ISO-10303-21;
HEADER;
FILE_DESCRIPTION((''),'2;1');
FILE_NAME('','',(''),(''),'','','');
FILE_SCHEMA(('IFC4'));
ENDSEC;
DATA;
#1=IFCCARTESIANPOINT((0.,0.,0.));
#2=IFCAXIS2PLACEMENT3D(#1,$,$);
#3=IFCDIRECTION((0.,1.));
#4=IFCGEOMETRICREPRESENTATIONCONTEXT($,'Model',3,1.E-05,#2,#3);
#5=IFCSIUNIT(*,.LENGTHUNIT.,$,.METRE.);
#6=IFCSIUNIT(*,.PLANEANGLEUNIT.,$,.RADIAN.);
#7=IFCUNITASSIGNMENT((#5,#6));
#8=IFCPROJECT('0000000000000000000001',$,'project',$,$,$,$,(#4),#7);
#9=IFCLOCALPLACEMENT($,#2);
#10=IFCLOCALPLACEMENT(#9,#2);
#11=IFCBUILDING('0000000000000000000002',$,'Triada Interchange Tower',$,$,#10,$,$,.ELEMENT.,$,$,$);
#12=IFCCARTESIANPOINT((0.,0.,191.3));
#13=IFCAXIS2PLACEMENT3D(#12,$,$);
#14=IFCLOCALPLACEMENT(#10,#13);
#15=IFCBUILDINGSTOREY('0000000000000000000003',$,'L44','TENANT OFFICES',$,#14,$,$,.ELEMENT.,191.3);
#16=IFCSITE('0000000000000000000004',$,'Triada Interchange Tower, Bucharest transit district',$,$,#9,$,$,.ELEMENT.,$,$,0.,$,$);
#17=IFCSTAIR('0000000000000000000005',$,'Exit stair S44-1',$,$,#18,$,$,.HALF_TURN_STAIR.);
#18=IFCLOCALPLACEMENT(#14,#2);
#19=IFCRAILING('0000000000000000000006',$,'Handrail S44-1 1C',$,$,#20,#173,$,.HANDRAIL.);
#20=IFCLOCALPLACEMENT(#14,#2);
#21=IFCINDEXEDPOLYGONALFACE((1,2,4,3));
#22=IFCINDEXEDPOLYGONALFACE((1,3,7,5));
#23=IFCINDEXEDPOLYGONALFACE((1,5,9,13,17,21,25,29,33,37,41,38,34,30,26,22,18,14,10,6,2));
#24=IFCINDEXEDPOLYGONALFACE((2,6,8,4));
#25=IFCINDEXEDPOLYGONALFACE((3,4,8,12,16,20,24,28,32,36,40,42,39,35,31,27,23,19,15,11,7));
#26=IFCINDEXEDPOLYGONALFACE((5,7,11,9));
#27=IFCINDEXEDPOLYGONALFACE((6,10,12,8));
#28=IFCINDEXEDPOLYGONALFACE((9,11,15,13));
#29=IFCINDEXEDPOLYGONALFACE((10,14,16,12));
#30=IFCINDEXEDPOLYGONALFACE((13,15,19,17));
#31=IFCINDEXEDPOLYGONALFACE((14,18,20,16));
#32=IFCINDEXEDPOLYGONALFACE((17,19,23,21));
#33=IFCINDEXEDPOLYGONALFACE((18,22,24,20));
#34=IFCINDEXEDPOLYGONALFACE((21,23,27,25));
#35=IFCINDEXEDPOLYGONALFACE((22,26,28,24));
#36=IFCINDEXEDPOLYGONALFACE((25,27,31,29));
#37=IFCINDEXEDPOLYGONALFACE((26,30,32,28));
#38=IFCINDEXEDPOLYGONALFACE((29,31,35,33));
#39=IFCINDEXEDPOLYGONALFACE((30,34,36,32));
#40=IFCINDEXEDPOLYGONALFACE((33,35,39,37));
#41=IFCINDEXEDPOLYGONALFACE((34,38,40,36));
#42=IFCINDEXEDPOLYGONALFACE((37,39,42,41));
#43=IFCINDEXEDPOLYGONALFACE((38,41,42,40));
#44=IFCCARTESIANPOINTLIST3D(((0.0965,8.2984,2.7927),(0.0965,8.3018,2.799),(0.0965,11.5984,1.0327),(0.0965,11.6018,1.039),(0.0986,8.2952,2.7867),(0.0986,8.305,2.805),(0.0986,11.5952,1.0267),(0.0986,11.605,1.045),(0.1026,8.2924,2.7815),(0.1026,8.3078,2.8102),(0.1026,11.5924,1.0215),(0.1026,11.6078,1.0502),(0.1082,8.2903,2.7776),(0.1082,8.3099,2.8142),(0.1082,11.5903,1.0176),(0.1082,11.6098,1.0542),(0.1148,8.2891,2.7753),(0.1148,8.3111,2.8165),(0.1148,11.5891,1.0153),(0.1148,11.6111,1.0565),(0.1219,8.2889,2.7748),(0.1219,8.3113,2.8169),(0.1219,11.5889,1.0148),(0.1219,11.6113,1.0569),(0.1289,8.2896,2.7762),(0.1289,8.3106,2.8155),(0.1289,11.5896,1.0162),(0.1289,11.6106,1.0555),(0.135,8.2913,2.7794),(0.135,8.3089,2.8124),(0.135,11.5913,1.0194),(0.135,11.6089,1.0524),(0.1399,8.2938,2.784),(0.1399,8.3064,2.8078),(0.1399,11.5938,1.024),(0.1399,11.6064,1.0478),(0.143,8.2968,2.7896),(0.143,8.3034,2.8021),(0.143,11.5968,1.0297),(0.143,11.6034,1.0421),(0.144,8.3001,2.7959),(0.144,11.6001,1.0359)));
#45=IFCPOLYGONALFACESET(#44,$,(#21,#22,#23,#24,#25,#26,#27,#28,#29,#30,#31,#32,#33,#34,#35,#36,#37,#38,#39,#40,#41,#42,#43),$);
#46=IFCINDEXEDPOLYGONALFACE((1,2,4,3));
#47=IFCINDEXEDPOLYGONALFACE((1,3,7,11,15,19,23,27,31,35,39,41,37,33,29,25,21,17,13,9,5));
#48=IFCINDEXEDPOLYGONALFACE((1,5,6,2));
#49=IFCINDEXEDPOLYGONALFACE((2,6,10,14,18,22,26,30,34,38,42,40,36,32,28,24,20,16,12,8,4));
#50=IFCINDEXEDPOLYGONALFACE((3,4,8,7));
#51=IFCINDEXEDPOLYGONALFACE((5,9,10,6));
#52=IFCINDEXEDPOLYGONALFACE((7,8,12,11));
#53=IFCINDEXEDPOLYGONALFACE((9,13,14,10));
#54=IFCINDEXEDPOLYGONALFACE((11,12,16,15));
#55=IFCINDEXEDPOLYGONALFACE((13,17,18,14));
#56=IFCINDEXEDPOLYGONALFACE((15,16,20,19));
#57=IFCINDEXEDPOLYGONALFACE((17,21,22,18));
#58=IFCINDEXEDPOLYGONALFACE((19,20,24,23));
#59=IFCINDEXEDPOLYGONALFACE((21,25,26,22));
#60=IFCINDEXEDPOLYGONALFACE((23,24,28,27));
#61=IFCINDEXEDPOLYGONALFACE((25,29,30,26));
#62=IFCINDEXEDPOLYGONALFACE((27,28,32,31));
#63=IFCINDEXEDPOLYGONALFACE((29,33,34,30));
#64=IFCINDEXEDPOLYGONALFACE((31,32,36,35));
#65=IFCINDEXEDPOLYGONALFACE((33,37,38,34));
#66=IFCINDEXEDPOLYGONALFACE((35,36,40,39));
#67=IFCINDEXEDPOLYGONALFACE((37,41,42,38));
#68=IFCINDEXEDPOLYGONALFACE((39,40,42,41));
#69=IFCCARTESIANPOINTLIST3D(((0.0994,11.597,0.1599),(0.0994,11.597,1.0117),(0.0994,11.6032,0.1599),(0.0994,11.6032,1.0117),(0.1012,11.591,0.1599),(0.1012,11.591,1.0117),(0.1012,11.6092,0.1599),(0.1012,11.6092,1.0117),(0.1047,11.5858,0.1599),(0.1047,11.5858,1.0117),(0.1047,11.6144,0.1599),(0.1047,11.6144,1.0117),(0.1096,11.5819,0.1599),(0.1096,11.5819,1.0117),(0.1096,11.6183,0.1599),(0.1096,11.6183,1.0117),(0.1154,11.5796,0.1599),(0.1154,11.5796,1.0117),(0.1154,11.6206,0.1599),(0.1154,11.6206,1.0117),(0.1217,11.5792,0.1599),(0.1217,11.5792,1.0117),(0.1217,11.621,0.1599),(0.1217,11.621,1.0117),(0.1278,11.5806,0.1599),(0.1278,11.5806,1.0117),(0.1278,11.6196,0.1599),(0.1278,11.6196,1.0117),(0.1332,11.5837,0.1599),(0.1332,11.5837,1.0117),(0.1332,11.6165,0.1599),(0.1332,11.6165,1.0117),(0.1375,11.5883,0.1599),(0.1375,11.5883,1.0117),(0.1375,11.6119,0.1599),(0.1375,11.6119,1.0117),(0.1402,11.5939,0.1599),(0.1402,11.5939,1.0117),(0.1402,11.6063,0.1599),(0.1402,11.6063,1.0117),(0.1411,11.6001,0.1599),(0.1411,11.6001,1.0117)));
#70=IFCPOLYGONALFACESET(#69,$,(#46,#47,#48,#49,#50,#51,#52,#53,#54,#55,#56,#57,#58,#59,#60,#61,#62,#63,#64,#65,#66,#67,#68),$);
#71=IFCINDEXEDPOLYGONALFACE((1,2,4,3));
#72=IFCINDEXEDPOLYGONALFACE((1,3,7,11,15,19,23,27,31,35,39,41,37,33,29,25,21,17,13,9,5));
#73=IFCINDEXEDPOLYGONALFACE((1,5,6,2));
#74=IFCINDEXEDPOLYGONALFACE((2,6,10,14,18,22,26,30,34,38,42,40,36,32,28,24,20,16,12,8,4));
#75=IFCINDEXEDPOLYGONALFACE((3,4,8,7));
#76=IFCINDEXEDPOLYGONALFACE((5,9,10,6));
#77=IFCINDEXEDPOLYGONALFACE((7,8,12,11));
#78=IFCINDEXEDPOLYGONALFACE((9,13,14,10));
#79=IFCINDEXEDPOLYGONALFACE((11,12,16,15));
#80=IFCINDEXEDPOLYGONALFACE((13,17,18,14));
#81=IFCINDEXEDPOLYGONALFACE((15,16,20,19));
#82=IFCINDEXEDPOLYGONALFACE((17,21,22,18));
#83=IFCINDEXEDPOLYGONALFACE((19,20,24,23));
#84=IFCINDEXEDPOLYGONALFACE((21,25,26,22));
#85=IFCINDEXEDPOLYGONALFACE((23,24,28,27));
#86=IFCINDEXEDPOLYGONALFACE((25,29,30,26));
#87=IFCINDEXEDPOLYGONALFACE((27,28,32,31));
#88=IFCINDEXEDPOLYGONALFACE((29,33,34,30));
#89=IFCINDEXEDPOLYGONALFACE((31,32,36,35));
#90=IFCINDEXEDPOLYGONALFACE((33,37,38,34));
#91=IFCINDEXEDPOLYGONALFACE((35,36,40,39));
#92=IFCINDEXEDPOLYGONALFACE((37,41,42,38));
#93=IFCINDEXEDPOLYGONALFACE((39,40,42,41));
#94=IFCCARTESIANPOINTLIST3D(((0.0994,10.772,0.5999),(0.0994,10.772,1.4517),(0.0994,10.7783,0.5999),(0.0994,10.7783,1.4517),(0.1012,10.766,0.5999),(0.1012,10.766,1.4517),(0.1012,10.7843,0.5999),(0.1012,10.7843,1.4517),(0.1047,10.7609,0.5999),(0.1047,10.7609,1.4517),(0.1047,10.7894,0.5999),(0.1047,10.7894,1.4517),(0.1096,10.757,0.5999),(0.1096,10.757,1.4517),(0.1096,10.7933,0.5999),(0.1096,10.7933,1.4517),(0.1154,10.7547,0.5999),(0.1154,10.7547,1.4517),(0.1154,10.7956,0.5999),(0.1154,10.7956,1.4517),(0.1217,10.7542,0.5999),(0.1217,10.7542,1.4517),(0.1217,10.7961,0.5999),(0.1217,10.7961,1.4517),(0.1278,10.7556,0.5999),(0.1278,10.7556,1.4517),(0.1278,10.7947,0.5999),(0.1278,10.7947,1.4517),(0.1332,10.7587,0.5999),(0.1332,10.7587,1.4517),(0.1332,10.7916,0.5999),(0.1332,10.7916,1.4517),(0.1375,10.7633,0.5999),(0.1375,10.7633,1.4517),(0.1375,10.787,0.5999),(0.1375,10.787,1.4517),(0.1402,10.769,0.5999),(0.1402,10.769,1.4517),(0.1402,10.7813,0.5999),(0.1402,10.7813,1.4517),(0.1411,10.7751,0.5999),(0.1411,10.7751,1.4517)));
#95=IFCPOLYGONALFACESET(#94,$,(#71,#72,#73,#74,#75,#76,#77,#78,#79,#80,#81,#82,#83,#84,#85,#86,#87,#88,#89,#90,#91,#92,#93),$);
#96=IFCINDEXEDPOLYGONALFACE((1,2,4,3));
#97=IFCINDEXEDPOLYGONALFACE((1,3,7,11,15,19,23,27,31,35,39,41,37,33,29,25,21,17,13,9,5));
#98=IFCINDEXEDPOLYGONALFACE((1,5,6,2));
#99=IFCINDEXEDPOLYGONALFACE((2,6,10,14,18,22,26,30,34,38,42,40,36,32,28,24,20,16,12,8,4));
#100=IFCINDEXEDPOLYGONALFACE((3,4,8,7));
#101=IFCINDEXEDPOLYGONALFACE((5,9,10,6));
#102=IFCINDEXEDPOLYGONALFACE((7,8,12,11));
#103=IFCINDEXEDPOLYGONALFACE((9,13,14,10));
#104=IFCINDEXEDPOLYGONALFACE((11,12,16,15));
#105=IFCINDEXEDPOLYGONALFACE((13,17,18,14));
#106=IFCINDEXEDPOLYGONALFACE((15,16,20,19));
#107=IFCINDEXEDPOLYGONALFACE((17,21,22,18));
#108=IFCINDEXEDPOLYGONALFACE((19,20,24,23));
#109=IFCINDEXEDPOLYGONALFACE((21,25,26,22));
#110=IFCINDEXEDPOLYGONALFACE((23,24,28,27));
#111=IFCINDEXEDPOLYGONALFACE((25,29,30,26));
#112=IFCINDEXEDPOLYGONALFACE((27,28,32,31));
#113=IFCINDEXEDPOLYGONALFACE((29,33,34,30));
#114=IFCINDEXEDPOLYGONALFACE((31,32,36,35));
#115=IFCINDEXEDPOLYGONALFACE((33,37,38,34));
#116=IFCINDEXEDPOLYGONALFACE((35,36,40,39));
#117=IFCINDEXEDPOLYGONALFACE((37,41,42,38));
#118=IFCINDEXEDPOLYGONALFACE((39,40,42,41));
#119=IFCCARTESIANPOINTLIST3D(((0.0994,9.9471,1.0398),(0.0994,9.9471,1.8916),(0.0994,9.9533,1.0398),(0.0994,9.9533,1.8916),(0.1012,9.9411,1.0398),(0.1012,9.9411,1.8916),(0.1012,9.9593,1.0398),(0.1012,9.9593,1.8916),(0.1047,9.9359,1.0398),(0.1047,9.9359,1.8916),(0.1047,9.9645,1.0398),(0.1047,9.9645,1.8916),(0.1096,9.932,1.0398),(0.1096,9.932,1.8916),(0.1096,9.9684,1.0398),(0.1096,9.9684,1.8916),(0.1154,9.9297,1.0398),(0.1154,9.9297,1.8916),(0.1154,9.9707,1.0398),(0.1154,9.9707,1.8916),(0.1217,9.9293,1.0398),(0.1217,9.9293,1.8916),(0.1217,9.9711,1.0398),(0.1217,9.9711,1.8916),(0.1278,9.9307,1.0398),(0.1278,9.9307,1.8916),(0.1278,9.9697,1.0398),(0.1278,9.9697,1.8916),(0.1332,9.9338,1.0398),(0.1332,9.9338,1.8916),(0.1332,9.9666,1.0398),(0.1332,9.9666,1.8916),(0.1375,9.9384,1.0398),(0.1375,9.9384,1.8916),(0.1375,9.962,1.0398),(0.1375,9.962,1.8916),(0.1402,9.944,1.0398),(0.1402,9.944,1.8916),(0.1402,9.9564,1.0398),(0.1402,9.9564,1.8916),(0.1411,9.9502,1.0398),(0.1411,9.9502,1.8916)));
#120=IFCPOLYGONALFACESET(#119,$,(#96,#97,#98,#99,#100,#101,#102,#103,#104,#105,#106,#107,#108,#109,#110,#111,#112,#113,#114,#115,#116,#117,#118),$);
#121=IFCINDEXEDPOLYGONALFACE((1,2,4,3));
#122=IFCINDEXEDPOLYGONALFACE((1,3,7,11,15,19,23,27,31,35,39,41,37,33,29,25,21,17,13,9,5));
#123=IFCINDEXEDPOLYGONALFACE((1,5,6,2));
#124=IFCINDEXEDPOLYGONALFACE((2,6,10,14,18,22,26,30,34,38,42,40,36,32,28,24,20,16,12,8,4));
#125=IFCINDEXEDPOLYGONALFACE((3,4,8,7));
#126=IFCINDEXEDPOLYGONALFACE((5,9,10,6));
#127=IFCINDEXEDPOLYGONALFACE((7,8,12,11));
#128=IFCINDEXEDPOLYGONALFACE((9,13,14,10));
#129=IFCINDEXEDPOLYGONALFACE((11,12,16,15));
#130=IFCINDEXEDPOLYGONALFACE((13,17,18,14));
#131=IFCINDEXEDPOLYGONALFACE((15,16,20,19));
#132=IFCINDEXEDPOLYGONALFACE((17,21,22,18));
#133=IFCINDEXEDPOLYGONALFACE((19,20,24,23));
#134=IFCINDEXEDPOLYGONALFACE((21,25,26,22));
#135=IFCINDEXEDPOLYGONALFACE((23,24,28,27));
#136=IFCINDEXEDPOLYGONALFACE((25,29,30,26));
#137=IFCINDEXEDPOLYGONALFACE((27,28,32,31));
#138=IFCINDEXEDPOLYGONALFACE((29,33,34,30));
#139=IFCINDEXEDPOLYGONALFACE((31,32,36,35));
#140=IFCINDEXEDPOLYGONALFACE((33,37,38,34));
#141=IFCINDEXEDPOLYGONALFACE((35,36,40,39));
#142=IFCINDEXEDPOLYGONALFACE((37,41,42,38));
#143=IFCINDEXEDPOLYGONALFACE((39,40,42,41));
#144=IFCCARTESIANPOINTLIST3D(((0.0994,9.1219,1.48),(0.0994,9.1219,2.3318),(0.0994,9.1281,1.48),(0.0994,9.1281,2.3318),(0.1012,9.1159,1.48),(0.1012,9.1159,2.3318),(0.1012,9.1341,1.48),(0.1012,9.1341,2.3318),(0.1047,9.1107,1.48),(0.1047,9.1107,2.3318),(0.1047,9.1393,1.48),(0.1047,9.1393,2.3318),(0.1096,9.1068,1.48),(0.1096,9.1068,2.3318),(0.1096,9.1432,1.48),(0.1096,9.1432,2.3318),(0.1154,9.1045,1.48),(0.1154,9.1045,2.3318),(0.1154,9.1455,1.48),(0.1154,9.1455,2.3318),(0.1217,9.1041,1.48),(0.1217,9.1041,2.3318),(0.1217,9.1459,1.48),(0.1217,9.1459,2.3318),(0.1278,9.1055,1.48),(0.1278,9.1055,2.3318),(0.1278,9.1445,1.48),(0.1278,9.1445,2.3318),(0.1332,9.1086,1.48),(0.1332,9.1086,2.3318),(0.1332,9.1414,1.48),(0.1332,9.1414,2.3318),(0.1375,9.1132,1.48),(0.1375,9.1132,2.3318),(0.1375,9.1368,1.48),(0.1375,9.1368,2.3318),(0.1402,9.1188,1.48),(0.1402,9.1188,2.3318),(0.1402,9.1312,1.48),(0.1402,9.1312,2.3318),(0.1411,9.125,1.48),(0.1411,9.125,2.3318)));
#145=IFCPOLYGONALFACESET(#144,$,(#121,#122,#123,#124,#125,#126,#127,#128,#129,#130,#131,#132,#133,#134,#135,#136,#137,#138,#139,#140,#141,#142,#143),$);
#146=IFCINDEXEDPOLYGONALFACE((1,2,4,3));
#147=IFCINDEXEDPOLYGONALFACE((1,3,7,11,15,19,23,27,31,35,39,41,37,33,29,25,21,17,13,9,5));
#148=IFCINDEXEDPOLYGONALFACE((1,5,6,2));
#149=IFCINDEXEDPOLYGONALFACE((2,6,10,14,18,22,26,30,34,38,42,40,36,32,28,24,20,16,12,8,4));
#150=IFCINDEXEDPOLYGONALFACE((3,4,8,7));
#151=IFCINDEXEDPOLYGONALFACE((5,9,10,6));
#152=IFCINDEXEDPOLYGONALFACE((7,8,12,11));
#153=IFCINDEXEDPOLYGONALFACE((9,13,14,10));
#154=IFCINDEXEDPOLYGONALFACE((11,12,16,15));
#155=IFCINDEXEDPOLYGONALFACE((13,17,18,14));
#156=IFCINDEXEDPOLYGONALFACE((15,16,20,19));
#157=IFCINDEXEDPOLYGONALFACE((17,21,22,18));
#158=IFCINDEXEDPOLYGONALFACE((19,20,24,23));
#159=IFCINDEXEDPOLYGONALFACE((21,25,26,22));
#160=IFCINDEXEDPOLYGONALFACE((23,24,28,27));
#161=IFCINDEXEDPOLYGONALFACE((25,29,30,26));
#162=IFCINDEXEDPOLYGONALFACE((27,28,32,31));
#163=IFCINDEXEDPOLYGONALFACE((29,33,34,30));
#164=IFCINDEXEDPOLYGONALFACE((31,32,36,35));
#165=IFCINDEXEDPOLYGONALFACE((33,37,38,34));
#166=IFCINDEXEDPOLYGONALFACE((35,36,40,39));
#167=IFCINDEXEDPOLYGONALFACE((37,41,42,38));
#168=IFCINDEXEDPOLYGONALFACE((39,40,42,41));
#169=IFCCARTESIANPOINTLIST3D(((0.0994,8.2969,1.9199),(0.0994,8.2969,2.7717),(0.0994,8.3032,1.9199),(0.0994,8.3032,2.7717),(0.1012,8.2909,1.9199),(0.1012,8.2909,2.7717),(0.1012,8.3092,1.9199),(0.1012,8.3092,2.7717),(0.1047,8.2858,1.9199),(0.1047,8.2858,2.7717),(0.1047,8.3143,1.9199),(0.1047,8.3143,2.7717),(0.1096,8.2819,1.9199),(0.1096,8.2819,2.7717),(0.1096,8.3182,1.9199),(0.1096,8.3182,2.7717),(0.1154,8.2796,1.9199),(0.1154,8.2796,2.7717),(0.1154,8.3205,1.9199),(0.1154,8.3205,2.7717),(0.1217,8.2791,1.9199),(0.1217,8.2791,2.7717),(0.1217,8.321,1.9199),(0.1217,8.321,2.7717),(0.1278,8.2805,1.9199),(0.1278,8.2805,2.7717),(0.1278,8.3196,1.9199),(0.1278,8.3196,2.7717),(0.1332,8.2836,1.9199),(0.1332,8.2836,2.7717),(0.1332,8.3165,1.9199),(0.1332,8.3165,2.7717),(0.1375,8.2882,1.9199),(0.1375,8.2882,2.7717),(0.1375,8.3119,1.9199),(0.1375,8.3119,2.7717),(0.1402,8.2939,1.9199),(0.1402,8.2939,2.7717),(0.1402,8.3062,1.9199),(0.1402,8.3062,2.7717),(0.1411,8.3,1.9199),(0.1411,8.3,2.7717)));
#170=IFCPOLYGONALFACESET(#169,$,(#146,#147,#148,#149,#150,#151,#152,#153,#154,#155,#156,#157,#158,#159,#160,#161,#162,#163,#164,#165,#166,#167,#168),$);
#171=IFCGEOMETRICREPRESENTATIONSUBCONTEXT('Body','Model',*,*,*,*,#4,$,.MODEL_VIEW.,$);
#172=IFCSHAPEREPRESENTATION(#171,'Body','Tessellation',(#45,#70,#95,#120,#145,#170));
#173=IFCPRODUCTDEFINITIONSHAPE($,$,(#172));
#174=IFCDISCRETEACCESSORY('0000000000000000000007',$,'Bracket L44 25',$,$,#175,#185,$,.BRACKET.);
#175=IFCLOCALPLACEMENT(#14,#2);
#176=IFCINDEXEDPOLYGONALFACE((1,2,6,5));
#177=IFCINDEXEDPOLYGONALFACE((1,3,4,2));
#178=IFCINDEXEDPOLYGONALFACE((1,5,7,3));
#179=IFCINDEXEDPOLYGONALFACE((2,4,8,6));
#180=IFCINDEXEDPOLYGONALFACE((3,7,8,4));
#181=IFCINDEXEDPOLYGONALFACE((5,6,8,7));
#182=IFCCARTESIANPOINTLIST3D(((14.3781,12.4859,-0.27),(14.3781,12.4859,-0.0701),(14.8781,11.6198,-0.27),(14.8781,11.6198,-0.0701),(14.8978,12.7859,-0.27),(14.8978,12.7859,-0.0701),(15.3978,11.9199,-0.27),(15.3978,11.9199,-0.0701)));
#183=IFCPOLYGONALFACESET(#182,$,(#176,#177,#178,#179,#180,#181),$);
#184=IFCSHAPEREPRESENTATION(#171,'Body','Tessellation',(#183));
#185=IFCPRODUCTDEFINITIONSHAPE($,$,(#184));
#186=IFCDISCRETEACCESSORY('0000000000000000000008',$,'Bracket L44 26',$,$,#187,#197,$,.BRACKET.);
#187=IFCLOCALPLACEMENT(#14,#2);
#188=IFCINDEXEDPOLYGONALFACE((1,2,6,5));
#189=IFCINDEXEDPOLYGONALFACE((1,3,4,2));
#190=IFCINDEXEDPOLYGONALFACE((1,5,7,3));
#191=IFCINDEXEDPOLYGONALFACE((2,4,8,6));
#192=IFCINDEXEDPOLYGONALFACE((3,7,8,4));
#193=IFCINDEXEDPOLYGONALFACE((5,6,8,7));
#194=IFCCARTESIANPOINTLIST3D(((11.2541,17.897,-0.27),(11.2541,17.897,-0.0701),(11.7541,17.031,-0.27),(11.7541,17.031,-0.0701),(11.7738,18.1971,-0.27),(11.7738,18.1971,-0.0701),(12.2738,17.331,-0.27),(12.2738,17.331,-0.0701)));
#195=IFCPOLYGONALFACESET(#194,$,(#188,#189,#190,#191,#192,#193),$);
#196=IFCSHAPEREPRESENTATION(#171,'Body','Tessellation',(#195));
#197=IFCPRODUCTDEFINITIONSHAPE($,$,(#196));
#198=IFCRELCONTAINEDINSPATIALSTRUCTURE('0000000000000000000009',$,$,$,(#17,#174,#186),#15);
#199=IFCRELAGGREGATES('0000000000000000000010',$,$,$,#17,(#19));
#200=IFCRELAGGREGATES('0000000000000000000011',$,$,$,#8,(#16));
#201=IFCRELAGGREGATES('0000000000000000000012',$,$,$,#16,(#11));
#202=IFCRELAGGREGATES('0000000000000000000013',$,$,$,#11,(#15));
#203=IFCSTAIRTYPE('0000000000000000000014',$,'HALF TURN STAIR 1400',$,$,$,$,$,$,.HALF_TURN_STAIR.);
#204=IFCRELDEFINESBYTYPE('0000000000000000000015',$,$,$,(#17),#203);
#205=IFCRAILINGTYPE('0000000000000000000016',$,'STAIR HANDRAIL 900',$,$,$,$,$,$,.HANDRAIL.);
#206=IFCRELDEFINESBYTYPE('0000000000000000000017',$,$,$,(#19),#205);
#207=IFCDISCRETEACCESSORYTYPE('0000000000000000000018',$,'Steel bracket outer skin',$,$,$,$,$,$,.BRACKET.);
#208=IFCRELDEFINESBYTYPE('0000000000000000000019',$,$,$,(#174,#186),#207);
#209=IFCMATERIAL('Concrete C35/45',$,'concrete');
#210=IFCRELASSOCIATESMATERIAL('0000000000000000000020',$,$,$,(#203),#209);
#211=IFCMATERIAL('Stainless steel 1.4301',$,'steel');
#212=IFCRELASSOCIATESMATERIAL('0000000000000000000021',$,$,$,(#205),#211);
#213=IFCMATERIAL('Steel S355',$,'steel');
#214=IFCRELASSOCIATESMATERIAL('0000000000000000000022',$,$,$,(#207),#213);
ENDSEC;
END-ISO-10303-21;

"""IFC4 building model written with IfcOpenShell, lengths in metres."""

from ifc_helpers import new_model, si_unit, direction, frame, origin, origin_2d, place, context, subcontext, project, spatial, rectangle, circle, extrude, material, type_object, element, aggregate, save


model = new_model("IFC4")

# Units and contexts
model_context = context("Model", 3, precision=1e-05, world=origin(), true_north=direction((0.0, 1.0)))
body_context = subcontext(model_context, "Body", "Model", "MODEL_VIEW")
ifc_project = project(units=[si_unit("LENGTHUNIT", "METRE"), si_unit("PLANEANGLEUNIT", "RADIAN")], contexts=[model_context])

# Site, building, storey
site_placement = place(None, origin())
site = spatial("IfcSite", under=ifc_project, at=site_placement, Name="Triada Interchange Tower, Bucharest transit district", CompositionType="ELEMENT", RefElevation=0.0)
building_placement = place(site_placement, origin())
building = spatial("IfcBuilding", under=site, at=building_placement, Name="Triada Interchange Tower", CompositionType="ELEMENT")
storey_placement = place(building_placement, frame((0.0, 0.0, 191.3)))
storey = spatial("IfcBuildingStorey", under=building, at=storey_placement, Name="L44", Description="TENANT OFFICES", CompositionType="ELEMENT", Elevation=191.3)

# Stair
ifc_material_1 = material(Name="Concrete C35/45", Category="concrete")
stair_type = type_object("IfcStairType", Name="HALF TURN STAIR 1400", PredefinedType="HALF_TURN_STAIR", material=ifc_material_1)
stair_placement = place(storey_placement, origin())
stair = element("IfcStair", 1, at=stair_placement, inside=storey, type_object=stair_type, Name="Exit stair S44-1", PredefinedType="HALF_TURN_STAIR")

# Railing
ifc_material_2 = material(Name="Stainless steel 1.4301", Category="steel")
railing_type = type_object("IfcRailingType", Name="STAIR HANDRAIL 900", PredefinedType="HANDRAIL", material=ifc_material_2)
railing_1_placement = place(storey_placement, frame((0.1201, 11.6001, 0.1599)))
railing_1 = element("IfcRailing", 2, at=railing_1_placement, type_object=railing_type, Name="Handrail S44-1 1C", PredefinedType="HANDRAIL", context=body_context, shape_type="SweptSolid", body=[
    extrude(circle(Radius=0.0239, at=origin_2d()), frame((0.0, 0.0, 0.876), z_axis=(0.0, -0.882355, 0.470585), x_axis=(1.0, 0.0, 0.0)), (0.0, 0.0, 1.0), 3.74),
    extrude(circle(Radius=0.021, at=origin_2d()), origin(), (0.0, 0.0, 1.0), 0.8518),
    extrude(circle(Radius=0.021, at=origin_2d()), frame((0.0, -0.825, 0.4399)), (0.0, 0.0, 1.0), 0.8518),
    extrude(circle(Radius=0.021, at=origin_2d()), frame((0.0, -1.6499, 0.8799)), (0.0, 0.0, 1.0), 0.8518),
    extrude(circle(Radius=0.021, at=origin_2d()), frame((0.0, -2.4751, 1.3201)), (0.0, 0.0, 1.0), 0.8518),
    extrude(circle(Radius=0.021, at=origin_2d()), frame((0.0, -3.3, 1.76)), (0.0, 0.0, 1.0), 0.8518),
])
aggregate(stair, [railing_1])

# Discrete accessories
ifc_material_3 = material(Name="Steel S355", Category="steel")
discrete_accessory_type = type_object("IfcDiscreteAccessoryType", Name="Steel bracket outer skin", PredefinedType="BRACKET", material=ifc_material_3)
for number, where, z_axis, x_axis, name in (
    (3, (14.8879, 12.2029, -0.27), (0.0, 0.0, 1.0), (0.866023, 0.500003, 0.0), "Bracket L44 25"),
    (4, (11.7639, 17.614, -0.27), (0.0, 0.0, 1.0), (0.866023, 0.500003, 0.0), "Bracket L44 26"),
):
    element("IfcDiscreteAccessory", number, at=place(storey_placement, frame(where, z_axis=z_axis, x_axis=x_axis)), inside=storey, type_object=discrete_accessory_type, Name=name, PredefinedType="BRACKET", context=body_context, shape_type="SweptSolid", body=[
        extrude(rectangle(XDim=0.6001, YDim=1.0, at=origin_2d()), origin(), (0.0, 0.0, 1.0), 0.2),
    ])

save(model, "model.ifc")
